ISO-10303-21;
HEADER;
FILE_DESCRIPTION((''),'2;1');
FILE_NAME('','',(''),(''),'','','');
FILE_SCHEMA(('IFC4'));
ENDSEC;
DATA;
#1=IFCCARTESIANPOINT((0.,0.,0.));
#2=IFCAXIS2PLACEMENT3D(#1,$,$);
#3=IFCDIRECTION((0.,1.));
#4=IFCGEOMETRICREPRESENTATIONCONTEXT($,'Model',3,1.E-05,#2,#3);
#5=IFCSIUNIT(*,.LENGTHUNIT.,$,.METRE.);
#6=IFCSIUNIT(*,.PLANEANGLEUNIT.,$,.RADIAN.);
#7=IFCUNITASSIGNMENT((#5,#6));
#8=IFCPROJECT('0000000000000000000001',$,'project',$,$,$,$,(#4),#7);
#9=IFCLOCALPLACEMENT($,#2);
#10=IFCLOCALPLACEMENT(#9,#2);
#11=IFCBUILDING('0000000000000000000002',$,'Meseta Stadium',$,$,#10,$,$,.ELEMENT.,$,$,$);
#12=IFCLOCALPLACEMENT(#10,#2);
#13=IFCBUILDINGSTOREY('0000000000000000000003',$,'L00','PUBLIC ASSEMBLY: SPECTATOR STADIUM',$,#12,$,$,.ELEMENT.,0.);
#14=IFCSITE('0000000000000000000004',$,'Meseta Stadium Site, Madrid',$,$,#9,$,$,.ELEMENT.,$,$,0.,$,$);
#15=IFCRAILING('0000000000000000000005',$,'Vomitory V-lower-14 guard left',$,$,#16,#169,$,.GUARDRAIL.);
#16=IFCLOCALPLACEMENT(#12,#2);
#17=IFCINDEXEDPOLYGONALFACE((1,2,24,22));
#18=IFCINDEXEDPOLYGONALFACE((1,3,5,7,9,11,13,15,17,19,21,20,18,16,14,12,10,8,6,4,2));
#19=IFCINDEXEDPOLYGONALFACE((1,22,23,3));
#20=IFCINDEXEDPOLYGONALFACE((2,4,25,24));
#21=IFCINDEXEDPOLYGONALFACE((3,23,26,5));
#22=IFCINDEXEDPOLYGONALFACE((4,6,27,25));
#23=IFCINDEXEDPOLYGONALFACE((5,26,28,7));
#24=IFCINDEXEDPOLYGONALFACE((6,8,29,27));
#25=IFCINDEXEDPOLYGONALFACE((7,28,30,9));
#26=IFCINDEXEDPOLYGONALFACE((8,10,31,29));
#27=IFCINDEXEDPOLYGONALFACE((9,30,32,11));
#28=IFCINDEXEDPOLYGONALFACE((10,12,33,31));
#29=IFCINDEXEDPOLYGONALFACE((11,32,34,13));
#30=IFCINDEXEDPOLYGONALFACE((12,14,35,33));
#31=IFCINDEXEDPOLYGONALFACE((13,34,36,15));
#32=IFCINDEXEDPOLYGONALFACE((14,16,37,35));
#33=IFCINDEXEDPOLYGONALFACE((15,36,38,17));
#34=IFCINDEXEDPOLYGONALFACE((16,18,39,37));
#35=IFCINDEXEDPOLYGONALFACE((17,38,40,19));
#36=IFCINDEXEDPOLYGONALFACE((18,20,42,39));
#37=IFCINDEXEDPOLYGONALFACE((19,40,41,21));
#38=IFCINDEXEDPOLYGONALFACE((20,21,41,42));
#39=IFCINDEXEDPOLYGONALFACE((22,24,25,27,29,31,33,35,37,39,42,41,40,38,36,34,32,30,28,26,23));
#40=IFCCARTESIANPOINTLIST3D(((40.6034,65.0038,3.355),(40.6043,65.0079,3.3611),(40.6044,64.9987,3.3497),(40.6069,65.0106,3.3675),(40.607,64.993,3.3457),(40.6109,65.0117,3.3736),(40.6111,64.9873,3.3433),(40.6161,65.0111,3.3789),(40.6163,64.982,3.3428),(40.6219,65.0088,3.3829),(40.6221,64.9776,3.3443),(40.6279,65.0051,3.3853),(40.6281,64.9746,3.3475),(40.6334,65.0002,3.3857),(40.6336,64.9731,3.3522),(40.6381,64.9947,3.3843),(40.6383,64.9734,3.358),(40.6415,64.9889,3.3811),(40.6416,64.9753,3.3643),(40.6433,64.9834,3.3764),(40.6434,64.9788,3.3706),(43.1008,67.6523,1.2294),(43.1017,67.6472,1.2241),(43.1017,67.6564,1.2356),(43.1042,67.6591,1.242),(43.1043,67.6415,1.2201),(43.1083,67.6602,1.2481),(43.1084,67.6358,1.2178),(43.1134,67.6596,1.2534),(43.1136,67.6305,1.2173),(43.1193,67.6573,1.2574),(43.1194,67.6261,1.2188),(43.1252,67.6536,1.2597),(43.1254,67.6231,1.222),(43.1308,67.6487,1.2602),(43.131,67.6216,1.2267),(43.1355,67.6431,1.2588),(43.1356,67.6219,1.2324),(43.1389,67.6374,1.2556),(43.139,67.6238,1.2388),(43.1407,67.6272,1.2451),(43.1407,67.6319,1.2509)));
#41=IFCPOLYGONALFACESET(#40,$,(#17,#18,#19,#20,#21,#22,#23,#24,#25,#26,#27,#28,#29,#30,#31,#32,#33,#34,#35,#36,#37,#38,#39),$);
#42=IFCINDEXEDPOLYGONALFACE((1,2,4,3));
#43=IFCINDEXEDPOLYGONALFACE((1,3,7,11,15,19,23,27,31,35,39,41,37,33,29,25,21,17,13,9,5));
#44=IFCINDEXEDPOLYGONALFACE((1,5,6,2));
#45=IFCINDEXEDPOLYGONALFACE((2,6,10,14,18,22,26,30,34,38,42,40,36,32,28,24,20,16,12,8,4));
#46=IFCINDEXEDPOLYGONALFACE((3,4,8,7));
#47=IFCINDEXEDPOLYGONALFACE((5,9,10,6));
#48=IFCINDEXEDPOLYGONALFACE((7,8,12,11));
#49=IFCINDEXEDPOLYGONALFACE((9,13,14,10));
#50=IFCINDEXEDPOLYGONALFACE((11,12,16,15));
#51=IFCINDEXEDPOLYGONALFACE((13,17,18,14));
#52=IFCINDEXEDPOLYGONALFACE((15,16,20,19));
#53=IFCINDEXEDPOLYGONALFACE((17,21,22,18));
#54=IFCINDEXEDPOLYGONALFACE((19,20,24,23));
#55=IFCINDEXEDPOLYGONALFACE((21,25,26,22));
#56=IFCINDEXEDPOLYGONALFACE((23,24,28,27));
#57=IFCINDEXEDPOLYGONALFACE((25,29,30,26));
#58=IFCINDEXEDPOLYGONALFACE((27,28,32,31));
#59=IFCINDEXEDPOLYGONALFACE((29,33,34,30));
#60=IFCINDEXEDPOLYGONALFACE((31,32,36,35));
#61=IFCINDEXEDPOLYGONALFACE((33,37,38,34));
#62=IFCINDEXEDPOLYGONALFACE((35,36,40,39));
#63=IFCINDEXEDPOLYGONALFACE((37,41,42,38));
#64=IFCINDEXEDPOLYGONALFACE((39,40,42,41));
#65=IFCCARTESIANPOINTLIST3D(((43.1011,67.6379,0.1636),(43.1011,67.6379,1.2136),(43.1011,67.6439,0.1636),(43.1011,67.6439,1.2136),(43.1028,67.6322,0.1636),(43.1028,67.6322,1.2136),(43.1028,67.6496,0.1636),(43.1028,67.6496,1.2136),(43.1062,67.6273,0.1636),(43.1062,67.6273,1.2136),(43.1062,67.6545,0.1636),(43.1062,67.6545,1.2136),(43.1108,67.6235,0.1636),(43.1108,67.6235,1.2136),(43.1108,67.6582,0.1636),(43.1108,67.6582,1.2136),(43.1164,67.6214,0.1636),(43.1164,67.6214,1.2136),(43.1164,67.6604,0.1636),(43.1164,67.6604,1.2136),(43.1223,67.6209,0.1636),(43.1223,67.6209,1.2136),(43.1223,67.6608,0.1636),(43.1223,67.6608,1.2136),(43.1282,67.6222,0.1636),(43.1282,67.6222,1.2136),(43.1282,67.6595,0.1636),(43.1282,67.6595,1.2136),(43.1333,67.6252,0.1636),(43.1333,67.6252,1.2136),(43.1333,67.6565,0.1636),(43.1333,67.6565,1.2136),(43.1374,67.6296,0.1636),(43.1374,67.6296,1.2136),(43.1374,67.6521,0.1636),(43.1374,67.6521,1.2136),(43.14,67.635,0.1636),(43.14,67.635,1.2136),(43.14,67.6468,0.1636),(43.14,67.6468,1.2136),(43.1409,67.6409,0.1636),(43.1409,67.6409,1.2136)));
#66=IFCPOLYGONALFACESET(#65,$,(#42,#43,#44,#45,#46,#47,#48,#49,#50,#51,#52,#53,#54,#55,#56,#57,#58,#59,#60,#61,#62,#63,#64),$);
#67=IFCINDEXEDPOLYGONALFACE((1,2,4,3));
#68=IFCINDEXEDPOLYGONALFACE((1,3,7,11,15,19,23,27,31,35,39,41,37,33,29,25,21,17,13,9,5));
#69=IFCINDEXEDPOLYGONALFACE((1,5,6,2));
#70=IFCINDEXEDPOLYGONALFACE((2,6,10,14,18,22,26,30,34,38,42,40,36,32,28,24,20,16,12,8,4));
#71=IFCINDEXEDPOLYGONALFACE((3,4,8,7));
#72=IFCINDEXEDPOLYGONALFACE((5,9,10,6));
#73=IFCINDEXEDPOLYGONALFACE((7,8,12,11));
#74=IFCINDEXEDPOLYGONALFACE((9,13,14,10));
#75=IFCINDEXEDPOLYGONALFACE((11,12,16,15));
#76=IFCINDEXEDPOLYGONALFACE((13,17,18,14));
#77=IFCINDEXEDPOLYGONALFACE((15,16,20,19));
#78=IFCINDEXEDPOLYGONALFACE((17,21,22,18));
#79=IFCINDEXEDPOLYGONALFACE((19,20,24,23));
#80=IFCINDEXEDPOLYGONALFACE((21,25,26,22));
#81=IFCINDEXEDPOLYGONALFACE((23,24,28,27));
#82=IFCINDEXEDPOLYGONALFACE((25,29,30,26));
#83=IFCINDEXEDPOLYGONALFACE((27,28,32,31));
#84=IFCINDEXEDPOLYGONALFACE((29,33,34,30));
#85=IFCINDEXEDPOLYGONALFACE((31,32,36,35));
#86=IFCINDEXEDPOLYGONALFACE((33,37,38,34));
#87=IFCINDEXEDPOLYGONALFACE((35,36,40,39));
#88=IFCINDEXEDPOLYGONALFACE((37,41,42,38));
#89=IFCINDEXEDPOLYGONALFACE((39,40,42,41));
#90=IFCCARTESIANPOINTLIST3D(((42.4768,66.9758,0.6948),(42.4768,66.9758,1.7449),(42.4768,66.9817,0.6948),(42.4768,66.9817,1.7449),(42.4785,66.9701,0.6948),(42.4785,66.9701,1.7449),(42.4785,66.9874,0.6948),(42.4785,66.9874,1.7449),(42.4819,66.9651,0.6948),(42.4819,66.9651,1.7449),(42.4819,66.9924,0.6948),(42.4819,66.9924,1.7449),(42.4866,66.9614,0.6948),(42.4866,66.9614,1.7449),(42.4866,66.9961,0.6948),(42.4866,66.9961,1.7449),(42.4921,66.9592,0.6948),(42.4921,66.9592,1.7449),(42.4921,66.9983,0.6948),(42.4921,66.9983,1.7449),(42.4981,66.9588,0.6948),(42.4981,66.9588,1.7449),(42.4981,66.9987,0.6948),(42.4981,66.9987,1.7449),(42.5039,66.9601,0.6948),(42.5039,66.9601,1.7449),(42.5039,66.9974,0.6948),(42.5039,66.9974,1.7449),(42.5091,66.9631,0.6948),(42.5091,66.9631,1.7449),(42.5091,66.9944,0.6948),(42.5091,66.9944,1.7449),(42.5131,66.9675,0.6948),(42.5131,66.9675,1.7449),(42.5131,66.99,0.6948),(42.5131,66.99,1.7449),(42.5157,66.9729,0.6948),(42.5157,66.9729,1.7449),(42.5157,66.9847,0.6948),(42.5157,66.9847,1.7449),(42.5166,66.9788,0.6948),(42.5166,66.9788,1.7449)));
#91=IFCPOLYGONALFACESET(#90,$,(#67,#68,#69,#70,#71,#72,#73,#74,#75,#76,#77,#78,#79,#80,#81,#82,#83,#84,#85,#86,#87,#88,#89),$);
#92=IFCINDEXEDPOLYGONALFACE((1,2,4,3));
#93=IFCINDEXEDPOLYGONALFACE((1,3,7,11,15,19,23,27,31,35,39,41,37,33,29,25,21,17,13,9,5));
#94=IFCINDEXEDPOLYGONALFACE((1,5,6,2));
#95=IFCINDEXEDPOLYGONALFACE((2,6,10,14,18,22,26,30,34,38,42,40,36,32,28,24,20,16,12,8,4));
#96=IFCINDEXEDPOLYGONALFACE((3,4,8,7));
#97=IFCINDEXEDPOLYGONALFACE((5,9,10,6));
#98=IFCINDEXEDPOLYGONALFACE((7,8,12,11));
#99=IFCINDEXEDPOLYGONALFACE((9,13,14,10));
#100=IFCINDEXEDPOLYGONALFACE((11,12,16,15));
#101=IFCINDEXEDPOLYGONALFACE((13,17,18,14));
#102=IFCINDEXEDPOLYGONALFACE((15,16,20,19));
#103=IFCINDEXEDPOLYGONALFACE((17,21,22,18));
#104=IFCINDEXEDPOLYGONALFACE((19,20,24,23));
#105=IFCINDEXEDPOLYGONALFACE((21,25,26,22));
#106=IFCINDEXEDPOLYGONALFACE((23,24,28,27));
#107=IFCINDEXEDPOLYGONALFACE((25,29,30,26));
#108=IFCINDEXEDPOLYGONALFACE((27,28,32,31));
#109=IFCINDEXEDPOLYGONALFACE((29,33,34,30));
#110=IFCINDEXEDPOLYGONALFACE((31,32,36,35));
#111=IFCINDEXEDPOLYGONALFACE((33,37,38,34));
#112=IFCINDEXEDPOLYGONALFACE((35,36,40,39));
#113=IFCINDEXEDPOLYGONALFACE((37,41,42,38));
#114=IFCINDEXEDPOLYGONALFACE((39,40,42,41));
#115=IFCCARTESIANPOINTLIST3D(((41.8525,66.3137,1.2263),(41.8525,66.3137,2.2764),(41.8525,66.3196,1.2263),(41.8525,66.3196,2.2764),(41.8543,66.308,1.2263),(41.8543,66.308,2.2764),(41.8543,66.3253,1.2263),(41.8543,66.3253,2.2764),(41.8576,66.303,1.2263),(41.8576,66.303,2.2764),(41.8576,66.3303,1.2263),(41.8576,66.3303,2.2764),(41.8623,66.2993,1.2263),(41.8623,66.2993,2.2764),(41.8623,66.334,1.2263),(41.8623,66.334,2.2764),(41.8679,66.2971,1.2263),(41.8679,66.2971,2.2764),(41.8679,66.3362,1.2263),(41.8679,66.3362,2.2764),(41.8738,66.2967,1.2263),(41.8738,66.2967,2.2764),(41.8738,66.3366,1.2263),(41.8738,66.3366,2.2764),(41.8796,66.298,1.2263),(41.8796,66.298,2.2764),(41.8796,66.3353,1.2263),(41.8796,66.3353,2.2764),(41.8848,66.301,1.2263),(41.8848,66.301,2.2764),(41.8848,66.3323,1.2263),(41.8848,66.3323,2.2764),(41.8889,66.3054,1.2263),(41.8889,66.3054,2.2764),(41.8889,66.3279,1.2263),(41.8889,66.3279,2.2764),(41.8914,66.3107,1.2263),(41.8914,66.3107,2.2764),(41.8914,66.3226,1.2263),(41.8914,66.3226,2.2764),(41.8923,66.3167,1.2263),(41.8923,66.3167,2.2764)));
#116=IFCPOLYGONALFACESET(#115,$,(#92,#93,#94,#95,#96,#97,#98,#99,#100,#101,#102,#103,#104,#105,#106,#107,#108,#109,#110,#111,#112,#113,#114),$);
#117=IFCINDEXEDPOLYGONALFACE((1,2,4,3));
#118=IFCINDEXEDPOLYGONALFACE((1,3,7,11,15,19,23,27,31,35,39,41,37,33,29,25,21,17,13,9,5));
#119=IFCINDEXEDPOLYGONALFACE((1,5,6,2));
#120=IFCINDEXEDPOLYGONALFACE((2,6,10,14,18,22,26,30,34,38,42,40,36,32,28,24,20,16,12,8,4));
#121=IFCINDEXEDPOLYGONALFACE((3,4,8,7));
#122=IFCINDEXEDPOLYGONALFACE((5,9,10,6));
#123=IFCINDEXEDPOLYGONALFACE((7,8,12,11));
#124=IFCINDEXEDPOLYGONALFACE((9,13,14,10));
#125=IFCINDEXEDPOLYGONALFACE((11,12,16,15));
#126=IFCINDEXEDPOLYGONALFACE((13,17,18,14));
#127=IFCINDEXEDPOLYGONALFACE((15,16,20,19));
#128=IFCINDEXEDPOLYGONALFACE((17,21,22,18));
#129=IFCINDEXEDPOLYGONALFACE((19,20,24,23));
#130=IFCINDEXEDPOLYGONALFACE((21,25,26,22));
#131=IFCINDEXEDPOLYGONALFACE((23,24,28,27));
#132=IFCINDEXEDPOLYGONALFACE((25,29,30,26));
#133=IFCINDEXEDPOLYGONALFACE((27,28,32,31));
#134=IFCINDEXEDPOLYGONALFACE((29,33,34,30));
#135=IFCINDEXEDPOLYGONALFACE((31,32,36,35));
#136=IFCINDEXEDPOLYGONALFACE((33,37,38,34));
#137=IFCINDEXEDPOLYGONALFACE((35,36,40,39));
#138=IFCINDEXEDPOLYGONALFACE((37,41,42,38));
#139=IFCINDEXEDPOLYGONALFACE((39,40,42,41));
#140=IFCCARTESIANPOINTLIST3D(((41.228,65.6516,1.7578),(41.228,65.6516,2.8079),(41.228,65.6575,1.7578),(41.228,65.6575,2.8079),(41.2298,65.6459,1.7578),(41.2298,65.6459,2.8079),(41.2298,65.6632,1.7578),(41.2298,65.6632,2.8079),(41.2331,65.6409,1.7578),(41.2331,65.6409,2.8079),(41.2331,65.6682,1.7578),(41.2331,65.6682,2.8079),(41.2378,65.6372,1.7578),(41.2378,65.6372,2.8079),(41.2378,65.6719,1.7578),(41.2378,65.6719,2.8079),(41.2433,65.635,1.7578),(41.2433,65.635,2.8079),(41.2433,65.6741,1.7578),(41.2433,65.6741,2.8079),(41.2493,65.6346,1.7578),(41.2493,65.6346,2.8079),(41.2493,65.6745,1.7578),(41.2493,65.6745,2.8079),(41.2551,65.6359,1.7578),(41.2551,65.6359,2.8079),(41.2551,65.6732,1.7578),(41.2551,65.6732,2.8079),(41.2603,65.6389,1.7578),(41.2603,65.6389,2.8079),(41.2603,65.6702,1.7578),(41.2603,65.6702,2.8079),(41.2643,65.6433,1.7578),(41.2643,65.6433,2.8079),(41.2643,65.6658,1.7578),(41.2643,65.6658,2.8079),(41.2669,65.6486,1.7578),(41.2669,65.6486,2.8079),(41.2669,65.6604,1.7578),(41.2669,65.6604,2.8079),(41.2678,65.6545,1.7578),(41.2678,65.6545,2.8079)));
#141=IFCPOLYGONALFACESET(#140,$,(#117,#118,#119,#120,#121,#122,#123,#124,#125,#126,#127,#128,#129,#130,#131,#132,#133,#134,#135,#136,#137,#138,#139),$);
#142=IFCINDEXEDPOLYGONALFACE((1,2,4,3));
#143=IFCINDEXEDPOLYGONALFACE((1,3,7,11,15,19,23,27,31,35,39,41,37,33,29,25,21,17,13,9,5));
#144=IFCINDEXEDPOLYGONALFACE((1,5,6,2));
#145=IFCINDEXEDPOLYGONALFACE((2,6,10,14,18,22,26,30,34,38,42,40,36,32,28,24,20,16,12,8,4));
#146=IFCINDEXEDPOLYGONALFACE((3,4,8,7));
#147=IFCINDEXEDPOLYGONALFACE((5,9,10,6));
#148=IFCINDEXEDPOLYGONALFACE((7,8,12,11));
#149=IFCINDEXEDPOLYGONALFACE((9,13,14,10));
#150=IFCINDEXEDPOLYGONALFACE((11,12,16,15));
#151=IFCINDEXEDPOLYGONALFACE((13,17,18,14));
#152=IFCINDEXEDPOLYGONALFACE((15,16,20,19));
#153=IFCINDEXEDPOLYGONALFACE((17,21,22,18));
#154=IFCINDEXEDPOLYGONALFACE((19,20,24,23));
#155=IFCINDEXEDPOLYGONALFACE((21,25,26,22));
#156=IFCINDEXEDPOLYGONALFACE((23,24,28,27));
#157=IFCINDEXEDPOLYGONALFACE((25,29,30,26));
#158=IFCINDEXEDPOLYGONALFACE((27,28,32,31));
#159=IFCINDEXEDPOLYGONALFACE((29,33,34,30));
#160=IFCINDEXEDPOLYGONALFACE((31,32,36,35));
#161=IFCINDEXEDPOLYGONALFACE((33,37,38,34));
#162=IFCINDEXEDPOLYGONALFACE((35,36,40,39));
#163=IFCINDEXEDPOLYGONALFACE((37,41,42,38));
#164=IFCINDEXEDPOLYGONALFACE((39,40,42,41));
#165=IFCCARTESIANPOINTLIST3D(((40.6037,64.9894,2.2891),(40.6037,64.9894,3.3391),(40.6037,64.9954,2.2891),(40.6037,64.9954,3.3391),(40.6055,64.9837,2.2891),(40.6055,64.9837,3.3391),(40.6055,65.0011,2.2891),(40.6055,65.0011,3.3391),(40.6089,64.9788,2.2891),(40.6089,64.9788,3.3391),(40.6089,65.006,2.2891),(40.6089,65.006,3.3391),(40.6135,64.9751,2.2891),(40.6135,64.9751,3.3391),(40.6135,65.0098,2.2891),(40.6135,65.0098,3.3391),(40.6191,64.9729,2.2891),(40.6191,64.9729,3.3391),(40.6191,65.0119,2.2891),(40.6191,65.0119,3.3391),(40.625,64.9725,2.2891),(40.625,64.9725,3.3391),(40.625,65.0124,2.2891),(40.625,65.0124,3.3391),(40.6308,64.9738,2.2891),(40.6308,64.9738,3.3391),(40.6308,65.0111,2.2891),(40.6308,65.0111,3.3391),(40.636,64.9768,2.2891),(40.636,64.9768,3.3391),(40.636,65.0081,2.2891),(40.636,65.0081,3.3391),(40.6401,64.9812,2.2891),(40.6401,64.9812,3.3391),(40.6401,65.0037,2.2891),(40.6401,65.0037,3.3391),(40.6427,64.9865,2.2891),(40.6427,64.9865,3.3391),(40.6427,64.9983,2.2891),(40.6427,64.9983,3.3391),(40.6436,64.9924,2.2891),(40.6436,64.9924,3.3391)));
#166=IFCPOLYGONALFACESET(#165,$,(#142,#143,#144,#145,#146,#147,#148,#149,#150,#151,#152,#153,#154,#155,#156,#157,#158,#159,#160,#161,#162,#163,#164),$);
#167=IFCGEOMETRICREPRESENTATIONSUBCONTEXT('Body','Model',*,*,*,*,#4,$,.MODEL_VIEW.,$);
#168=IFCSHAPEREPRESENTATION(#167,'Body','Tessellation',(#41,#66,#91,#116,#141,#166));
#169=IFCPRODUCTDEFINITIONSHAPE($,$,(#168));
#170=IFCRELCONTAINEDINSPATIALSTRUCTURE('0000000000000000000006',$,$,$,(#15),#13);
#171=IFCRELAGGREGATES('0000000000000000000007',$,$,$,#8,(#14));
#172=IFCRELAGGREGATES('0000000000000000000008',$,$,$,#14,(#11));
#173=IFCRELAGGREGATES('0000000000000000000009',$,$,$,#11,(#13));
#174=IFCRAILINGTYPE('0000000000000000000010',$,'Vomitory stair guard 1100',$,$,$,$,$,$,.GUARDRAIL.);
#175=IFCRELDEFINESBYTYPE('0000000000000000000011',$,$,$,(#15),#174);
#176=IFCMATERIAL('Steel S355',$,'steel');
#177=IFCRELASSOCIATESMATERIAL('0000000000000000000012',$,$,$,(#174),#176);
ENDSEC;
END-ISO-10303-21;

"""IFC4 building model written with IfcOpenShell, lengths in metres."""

from ifc_helpers import new_model, si_unit, direction, frame, origin, origin_2d, place, context, subcontext, project, spatial, circle, extrude, material, type_object, element, save


model = new_model("IFC4")

# Units and contexts
model_context = context("Model", 3, precision=1e-05, world=origin(), true_north=direction((0.0, 1.0)))
body_context = subcontext(model_context, "Body", "Model", "MODEL_VIEW")
ifc_project = project(units=[si_unit("LENGTHUNIT", "METRE"), si_unit("PLANEANGLEUNIT", "RADIAN")], contexts=[model_context])

# Site, building, storey
site_placement = place(None, origin())
site = spatial("IfcSite", under=ifc_project, at=site_placement, Name="Meseta Stadium Site, Madrid", CompositionType="ELEMENT", RefElevation=0.0)
building_placement = place(site_placement, origin())
building = spatial("IfcBuilding", under=site, at=building_placement, Name="Meseta Stadium", CompositionType="ELEMENT")
storey_placement = place(building_placement, origin())
storey = spatial("IfcBuildingStorey", under=building, at=storey_placement, Name="L00", Description="PUBLIC ASSEMBLY: SPECTATOR STADIUM", CompositionType="ELEMENT", Elevation=0.0)

# Railing
ifc_material_1 = material(Name="Steel S355", Category="steel")
railing_type_1 = type_object("IfcRailingType", Name="Vomitory stair guard 1100", PredefinedType="GUARDRAIL", material=ifc_material_1)
railing_1_placement = place(storey_placement, frame((43.1208, 67.6409, 0.1636)))
element("IfcRailing", 1, at=railing_1_placement, inside=storey, type_object=railing_type_1, Name="Vomitory V-lower-14 guard left", PredefinedType="GUARDRAIL", context=body_context, shape_type="SweptSolid", body=[
    extrude(circle(Radius=0.0249, at=origin_2d()), frame((0.0, 0.0, 1.0752), z_axis=(-0.592445, -0.628296, 0.504235), x_axis=(0.72756, -0.686044, 0.0)), (0.0, 0.0, 1.0), 4.2153),
    extrude(circle(Radius=0.02, at=origin_2d()), origin(), (0.0, 0.0, 1.0), 1.05),
    extrude(circle(Radius=0.02, at=origin_2d()), frame((-0.6243, -0.6621, 0.5312)), (0.0, 0.0, 1.0), 1.05),
    extrude(circle(Radius=0.02, at=origin_2d()), frame((-1.2485, -1.3242, 1.0627)), (0.0, 0.0, 1.0), 1.05),
    extrude(circle(Radius=0.02, at=origin_2d()), frame((-1.873, -1.9863, 1.5942)), (0.0, 0.0, 1.0), 1.05),
    extrude(circle(Radius=0.02, at=origin_2d()), frame((-2.4973, -2.6484, 2.1255)), (0.0, 0.0, 1.0), 1.05),
])

save(model, "model.ifc")
